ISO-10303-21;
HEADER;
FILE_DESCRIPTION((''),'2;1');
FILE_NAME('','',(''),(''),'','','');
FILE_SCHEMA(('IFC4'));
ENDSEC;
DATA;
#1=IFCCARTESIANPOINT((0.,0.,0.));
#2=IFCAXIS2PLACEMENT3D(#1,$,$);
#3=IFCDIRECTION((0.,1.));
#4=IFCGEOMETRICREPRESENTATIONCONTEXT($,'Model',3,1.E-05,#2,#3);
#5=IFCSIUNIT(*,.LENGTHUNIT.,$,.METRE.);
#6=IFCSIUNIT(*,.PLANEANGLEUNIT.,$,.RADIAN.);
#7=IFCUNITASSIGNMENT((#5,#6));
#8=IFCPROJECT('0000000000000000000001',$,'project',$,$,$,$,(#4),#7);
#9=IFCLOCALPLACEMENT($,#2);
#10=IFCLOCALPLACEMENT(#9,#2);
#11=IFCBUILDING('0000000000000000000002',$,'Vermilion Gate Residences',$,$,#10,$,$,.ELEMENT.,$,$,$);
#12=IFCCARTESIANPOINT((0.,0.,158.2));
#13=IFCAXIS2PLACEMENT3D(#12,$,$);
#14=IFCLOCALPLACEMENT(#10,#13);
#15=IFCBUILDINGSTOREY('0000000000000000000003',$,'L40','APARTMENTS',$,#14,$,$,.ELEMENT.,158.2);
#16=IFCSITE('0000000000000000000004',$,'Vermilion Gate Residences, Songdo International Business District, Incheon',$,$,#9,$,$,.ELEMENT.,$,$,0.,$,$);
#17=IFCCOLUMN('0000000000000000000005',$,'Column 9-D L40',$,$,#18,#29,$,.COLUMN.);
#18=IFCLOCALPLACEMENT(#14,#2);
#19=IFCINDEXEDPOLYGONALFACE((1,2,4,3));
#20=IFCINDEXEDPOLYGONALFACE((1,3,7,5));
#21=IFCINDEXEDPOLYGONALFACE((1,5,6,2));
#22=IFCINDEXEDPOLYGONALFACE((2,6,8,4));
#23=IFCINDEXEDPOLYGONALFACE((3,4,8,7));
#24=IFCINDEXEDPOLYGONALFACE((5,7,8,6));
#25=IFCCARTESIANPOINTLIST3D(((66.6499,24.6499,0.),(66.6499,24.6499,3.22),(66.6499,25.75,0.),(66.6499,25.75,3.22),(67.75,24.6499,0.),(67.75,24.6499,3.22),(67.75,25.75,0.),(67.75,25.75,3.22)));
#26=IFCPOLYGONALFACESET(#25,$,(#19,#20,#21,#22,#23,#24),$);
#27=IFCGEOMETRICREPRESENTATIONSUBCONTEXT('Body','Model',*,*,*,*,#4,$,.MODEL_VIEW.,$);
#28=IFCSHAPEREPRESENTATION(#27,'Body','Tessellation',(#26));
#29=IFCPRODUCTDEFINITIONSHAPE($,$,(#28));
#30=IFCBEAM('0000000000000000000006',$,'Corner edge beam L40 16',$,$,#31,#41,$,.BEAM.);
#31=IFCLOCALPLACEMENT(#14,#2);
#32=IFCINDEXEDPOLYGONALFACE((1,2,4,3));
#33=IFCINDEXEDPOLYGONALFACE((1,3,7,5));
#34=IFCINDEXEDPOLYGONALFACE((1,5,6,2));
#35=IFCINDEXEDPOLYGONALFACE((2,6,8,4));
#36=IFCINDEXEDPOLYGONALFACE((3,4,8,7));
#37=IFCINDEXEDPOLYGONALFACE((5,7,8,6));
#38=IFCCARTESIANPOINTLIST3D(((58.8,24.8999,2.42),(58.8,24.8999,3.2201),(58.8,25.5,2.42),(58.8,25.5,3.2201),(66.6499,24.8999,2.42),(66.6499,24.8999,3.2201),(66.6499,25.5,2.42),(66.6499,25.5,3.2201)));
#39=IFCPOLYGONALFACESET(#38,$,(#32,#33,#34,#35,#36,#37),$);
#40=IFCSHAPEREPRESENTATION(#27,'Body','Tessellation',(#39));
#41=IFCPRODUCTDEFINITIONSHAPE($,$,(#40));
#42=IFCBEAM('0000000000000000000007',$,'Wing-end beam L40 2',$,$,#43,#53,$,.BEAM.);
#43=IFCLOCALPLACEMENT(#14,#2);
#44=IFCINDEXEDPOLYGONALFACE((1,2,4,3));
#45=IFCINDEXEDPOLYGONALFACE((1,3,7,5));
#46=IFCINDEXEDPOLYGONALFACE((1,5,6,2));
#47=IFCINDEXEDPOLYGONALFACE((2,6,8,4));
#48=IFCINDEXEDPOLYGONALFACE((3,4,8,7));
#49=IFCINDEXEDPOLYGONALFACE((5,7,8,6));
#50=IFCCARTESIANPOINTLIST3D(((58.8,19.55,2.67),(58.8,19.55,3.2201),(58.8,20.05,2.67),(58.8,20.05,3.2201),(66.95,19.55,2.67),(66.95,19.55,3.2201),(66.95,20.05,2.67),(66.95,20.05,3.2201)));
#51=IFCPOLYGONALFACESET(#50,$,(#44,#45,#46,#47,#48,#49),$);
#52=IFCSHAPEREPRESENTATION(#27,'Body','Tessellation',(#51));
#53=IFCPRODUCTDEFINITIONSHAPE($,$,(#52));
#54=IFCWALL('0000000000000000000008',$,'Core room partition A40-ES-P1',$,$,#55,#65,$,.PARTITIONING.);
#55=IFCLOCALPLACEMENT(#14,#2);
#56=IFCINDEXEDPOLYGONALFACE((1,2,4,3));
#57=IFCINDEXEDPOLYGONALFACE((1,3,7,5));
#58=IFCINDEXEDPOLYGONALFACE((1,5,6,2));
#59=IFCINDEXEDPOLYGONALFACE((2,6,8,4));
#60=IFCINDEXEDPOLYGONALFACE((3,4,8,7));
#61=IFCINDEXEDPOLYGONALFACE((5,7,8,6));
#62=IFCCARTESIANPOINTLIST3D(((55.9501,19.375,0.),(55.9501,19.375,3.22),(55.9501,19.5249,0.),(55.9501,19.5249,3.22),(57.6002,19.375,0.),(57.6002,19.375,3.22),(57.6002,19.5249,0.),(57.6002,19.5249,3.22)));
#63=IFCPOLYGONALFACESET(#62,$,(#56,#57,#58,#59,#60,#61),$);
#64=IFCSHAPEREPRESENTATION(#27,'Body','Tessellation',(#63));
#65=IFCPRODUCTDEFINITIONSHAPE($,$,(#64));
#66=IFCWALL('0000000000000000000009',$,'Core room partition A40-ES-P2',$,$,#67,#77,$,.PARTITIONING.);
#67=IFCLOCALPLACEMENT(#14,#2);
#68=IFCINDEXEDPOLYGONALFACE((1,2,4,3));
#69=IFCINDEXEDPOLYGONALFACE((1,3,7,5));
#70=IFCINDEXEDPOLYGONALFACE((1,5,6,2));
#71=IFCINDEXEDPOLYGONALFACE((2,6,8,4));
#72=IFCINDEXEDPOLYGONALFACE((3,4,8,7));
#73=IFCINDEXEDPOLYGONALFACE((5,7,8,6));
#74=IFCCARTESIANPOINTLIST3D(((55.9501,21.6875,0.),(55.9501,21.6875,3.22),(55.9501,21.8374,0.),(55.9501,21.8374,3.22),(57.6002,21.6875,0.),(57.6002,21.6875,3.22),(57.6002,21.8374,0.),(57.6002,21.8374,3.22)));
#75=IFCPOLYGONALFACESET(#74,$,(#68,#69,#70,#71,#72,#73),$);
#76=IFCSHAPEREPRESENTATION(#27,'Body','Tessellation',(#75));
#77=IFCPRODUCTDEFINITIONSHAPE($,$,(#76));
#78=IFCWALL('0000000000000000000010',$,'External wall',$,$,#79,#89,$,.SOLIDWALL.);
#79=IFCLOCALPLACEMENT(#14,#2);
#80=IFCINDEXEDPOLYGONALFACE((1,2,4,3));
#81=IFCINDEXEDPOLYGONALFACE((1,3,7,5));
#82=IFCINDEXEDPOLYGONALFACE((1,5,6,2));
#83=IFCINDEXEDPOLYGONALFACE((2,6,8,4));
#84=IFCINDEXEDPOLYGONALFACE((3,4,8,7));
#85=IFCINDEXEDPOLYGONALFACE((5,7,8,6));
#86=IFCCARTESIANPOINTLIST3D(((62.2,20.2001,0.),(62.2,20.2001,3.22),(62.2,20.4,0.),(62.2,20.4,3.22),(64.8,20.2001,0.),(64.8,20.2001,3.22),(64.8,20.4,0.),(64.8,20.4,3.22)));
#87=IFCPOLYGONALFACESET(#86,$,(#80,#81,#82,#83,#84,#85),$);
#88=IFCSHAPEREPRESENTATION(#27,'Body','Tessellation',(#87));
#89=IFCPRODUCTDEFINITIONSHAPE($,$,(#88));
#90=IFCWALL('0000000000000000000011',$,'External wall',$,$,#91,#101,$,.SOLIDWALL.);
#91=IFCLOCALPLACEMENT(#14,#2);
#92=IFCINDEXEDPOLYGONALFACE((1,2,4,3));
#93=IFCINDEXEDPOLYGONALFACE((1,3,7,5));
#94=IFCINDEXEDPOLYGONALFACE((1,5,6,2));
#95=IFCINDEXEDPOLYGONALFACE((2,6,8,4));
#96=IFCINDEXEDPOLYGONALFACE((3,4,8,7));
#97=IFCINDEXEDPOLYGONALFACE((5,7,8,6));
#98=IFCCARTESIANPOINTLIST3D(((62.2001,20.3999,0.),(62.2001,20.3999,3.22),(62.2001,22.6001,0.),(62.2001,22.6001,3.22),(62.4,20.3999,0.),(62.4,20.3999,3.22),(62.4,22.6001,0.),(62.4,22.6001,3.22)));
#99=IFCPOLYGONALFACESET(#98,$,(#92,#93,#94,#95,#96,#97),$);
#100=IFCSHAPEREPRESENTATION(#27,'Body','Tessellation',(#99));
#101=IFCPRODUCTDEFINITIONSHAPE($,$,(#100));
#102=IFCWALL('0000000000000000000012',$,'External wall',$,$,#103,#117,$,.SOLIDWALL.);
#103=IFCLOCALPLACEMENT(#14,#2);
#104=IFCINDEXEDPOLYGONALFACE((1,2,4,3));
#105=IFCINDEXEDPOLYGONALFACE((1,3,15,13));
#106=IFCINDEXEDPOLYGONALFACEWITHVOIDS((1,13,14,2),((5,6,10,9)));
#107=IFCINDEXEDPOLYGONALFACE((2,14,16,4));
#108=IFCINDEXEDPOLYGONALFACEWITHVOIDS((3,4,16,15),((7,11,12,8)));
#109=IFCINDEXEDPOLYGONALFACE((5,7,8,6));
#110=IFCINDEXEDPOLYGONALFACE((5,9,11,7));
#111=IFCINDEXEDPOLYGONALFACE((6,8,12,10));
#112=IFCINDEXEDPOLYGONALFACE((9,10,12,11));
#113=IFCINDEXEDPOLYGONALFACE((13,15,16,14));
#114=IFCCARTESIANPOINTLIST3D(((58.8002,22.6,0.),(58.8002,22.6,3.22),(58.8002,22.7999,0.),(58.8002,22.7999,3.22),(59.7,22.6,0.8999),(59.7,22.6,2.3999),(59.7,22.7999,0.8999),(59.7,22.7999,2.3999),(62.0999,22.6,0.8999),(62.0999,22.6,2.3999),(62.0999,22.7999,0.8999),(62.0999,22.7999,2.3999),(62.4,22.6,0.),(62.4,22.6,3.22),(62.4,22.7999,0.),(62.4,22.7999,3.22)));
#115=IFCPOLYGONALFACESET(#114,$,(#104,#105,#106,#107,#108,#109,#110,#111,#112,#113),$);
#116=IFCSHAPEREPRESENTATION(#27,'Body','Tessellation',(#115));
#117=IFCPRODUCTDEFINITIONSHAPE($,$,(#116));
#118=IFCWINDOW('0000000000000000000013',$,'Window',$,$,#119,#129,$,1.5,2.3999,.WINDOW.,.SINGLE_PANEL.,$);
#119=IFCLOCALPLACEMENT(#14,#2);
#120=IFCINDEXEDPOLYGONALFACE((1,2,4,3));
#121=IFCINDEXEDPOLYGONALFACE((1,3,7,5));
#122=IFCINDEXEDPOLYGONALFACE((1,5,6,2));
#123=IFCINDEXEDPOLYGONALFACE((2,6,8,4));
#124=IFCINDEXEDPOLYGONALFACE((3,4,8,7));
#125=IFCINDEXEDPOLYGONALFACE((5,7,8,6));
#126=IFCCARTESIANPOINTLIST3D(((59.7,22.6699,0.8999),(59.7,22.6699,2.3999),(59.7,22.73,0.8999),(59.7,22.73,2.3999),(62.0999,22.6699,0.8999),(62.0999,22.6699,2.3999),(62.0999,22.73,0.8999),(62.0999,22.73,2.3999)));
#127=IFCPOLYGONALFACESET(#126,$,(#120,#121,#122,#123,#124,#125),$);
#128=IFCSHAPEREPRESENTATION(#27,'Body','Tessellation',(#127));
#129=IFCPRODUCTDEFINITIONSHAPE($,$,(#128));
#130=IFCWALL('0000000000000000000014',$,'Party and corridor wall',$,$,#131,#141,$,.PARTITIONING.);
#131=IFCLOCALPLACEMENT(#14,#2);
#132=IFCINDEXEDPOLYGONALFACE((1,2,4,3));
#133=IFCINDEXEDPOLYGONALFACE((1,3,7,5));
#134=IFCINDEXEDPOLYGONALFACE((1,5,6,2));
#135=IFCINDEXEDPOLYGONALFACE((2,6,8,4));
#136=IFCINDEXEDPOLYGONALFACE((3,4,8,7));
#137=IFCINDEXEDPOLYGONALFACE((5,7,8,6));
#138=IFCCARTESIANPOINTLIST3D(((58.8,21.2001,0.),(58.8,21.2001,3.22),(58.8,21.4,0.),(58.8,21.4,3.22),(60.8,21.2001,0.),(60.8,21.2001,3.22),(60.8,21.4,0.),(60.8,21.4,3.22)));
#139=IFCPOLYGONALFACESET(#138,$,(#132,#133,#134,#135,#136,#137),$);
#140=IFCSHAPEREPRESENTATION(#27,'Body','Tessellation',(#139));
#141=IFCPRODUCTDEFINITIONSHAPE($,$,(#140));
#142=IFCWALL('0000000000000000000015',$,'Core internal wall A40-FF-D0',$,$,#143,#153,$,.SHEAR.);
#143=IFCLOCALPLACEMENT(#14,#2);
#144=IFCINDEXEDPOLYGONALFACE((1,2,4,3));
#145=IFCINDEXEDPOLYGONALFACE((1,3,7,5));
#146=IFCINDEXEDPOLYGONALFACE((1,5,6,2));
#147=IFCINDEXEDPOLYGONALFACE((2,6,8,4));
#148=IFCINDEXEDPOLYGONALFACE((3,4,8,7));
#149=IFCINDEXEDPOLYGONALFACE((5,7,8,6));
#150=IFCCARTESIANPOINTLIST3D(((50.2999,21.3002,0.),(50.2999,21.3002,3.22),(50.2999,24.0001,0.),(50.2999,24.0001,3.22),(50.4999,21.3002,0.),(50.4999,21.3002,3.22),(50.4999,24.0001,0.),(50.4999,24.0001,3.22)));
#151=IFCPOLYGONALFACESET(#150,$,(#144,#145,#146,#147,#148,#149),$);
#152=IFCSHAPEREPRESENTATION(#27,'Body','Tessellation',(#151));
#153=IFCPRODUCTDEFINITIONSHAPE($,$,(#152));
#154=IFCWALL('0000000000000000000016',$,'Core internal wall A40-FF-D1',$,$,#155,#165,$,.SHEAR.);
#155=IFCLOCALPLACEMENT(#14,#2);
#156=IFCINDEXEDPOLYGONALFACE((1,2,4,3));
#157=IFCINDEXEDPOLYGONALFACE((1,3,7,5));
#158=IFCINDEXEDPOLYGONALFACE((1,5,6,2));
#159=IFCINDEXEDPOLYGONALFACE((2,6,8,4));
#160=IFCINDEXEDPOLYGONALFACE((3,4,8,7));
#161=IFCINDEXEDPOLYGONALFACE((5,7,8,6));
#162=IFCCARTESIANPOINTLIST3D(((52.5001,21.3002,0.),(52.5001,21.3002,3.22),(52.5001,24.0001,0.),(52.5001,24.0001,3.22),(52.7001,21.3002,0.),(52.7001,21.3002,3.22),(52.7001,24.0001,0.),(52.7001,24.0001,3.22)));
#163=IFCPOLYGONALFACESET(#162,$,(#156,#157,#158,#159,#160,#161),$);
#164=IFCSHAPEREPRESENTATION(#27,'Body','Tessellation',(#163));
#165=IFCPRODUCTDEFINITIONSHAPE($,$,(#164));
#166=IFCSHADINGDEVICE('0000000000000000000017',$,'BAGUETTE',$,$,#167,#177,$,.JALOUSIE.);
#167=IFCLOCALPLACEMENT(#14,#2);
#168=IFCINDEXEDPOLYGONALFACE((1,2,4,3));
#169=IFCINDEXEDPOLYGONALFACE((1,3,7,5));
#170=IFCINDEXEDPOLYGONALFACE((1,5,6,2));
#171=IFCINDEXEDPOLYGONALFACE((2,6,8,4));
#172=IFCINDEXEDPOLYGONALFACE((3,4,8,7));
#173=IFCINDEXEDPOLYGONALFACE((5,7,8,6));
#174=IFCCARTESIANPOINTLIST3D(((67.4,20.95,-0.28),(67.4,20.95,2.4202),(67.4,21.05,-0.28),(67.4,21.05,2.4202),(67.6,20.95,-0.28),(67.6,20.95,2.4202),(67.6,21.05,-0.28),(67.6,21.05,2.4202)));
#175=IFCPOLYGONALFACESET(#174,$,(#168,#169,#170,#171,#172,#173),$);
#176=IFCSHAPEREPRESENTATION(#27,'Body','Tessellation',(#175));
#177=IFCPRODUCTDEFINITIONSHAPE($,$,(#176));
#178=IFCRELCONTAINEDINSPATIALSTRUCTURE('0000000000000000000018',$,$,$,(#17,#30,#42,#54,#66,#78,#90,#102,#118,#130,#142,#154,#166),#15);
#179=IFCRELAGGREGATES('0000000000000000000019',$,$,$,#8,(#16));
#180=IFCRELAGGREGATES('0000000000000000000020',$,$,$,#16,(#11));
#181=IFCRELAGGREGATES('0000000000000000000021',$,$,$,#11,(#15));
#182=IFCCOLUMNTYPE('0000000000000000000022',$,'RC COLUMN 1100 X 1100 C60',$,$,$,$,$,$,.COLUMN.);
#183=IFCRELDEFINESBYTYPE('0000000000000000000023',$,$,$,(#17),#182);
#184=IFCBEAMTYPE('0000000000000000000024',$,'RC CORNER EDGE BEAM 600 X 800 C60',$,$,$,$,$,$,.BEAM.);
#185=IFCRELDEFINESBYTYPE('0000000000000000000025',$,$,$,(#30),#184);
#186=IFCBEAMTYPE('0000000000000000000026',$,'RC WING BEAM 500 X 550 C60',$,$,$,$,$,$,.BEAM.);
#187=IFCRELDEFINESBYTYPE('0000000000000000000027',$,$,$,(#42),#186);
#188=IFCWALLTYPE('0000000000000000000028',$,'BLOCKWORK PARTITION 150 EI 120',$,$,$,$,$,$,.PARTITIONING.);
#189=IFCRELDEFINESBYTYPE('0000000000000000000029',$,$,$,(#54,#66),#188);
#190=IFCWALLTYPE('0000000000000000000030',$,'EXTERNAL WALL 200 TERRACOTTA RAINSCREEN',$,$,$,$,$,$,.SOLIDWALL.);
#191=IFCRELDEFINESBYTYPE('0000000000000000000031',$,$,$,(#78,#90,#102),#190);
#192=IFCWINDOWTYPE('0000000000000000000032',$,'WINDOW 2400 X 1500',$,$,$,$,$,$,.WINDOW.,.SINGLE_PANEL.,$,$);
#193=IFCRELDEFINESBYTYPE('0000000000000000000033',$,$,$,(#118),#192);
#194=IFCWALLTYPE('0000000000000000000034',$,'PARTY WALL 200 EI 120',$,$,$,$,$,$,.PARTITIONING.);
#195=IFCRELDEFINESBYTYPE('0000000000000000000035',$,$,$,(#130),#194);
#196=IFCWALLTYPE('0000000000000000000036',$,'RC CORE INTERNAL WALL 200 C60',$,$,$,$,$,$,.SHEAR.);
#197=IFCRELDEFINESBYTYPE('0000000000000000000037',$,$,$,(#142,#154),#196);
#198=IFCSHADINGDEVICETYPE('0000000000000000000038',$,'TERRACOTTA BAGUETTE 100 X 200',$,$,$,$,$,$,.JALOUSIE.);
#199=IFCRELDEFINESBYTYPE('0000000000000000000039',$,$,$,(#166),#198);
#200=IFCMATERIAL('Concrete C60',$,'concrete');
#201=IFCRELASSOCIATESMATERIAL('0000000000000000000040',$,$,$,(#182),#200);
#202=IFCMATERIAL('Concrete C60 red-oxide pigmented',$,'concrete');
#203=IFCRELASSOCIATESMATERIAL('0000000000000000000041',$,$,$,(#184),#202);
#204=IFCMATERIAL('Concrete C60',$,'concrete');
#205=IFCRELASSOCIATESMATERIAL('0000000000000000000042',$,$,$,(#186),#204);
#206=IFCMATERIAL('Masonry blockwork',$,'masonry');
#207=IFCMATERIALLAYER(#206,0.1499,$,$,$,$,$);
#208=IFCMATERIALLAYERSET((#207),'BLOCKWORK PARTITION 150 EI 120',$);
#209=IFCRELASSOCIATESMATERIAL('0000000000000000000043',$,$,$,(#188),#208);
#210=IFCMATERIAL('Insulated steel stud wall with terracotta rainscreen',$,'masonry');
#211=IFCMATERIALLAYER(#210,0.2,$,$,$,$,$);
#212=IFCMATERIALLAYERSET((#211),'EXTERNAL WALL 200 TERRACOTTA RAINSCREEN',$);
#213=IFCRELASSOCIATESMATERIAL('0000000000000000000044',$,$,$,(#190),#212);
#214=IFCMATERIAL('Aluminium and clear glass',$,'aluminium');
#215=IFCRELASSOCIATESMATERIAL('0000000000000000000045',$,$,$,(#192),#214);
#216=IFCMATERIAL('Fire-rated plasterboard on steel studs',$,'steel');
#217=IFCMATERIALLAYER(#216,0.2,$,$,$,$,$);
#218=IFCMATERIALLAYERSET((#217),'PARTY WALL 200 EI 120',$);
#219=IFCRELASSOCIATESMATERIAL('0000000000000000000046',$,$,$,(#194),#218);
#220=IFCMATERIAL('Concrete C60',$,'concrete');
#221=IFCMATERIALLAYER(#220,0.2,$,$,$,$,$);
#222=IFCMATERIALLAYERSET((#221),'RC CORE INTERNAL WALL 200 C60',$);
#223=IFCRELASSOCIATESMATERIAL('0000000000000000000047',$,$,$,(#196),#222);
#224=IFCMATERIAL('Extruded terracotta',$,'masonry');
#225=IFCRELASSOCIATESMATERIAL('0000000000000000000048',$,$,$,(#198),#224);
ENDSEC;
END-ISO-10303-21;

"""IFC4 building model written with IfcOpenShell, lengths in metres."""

from ifc_helpers import new_model, si_unit, direction, frame, frame_2d, origin, origin_2d, place, context, subcontext, project, spatial, rectangle, extrude, material, layer, layer_set, material_profile, profile_set, type_object, element, fill, save


model = new_model("IFC4")

# Units and contexts
model_context = context("Model", 3, precision=1e-05, world=origin(), true_north=direction((0.0, 1.0)))
body_context = subcontext(model_context, "Body", "Model", "MODEL_VIEW")
ifc_project = project(units=[si_unit("LENGTHUNIT", "METRE"), si_unit("PLANEANGLEUNIT", "RADIAN")], contexts=[model_context])

# Site, building, storey
site_placement = place(None, origin())
site = spatial("IfcSite", under=ifc_project, at=site_placement, Name="Vermilion Gate Residences, Songdo International Business District, Incheon", CompositionType="ELEMENT", RefElevation=0.0)
building_placement = place(site_placement, origin())
building = spatial("IfcBuilding", under=site, at=building_placement, Name="Vermilion Gate Residences", CompositionType="ELEMENT")
storey_placement = place(building_placement, frame((0.0, 0.0, 158.2)))
storey = spatial("IfcBuildingStorey", under=building, at=storey_placement, Name="L40", Description="APARTMENTS", CompositionType="ELEMENT", Elevation=158.2)

# Column
ifc_material_1 = material(Name="Concrete C60", Category="concrete")
ifc_material_profile_1 = material_profile(ifc_material_1, rectangle(XDim=1.1001, YDim=1.1001, at=origin_2d()), Name="RC-1100x1100")
ifc_profile_set_1 = profile_set([ifc_material_profile_1], Name="Concrete C60")
column_type = type_object("IfcColumnType", Name="RC COLUMN 1100 X 1100 C60", PredefinedType="COLUMN", material=ifc_profile_set_1)
column_placement = place(storey_placement, frame((67.2, 25.2, 0.0), z_axis=(0.0, 0.0, 1.0), x_axis=(1.0, 0.0, 0.0)))
element("IfcColumn", 1, at=column_placement, inside=storey, type_object=column_type, Name="Column 9-D L40", PredefinedType="COLUMN", context=body_context, shape_type="SweptSolid", body=[
    extrude(rectangle(XDim=1.1001, YDim=1.1001, at=origin_2d()), origin(), (0.0, 0.0, 1.0), 3.22),
])

# Beams
ifc_material_2 = material(Name="Concrete C60 red-oxide pigmented", Category="concrete")
ifc_material_profile_2 = material_profile(ifc_material_2, rectangle(XDim=0.6001, YDim=0.8, at=origin_2d()), Name="RC-600x800")
ifc_profile_set_2 = profile_set([ifc_material_profile_2], Name="Concrete C60 red-oxide pigmented")
beam_type_1 = type_object("IfcBeamType", Name="RC CORNER EDGE BEAM 600 X 800 C60", PredefinedType="BEAM", material=ifc_profile_set_2)
beam_1_placement = place(storey_placement, frame((58.8, 25.2, 2.8201), z_axis=(1.0, 0.0, 0.0), x_axis=(0.0, 1.0, 0.0)))
element("IfcBeam", 2, at=beam_1_placement, inside=storey, type_object=beam_type_1, Name="Corner edge beam L40 16", PredefinedType="BEAM", context=body_context, shape_type="SweptSolid", body=[
    extrude(rectangle(XDim=0.6001, YDim=0.8, at=origin_2d()), origin(), (0.0, 0.0, 1.0), 7.8499),
])
ifc_material_3 = material(Name="Concrete C60", Category="concrete")
ifc_material_profile_3 = material_profile(ifc_material_3, rectangle(XDim=0.5, YDim=0.55, at=origin_2d()), Name="RC-500x550")
ifc_profile_set_3 = profile_set([ifc_material_profile_3], Name="Concrete C60")
beam_type_2 = type_object("IfcBeamType", Name="RC WING BEAM 500 X 550 C60", PredefinedType="BEAM", material=ifc_profile_set_3)
beam_2_placement = place(storey_placement, frame((58.8, 19.8, 2.9451), z_axis=(1.0, 0.0, 0.0), x_axis=(0.0, 1.0, 0.0)))
element("IfcBeam", 3, at=beam_2_placement, inside=storey, type_object=beam_type_2, Name="Wing-end beam L40 2", PredefinedType="BEAM", context=body_context, shape_type="SweptSolid", body=[
    extrude(rectangle(XDim=0.5, YDim=0.55, at=origin_2d()), origin(), (0.0, 0.0, 1.0), 8.1499),
])

# Walls
ifc_material_4 = material(Name="Masonry blockwork", Category="masonry")
ifc_layer_1 = layer(ifc_material_4, 0.1499)
ifc_layer_set_1 = layer_set([ifc_layer_1], Name="BLOCKWORK PARTITION 150 EI 120")
wall_type_1 = type_object("IfcWallType", Name="BLOCKWORK PARTITION 150 EI 120", PredefinedType="PARTITIONING", material=ifc_layer_set_1)
for number, where, z_axis, x_axis, name in (
    (4, (55.95, 19.45, 0.0), (0.0, 0.0, 1.0), (1.0, 0.0, 0.0), "Core room partition A40-ES-P1"),
    (5, (55.95, 21.7625, 0.0), (0.0, 0.0, 1.0), (1.0, 0.0, 0.0), "Core room partition A40-ES-P2"),
):
    element("IfcWall", number, at=place(storey_placement, frame(where, z_axis=z_axis, x_axis=x_axis)), inside=storey, type_object=wall_type_1, Name=name, PredefinedType="PARTITIONING", context=body_context, shape_type="SweptSolid", body=[
        extrude(rectangle(XDim=1.6501, YDim=0.1499, at=frame_2d((0.8252, 0.0))), origin(), (0.0, 0.0, 1.0), 3.22),
    ])
ifc_material_5 = material(Name="Insulated steel stud wall with terracotta rainscreen", Category="masonry")
ifc_layer_2 = layer(ifc_material_5, 0.2)
ifc_layer_set_2 = layer_set([ifc_layer_2], Name="EXTERNAL WALL 200 TERRACOTTA RAINSCREEN")
wall_type_2 = type_object("IfcWallType", Name="EXTERNAL WALL 200 TERRACOTTA RAINSCREEN", PredefinedType="SOLIDWALL", material=ifc_layer_set_2)
wall_1_placement = place(storey_placement, frame((64.8, 20.3, 0.0), z_axis=(0.0, 0.0, 1.0), x_axis=(-1.0, 0.0, 0.0)))
element("IfcWall", 6, at=wall_1_placement, inside=storey, type_object=wall_type_2, Name="External wall", PredefinedType="SOLIDWALL", context=body_context, shape_type="SweptSolid", body=[
    extrude(rectangle(XDim=2.6001, YDim=0.2, at=frame_2d((1.3, 0.0))), origin(), (0.0, 0.0, 1.0), 3.22),
])
wall_2_placement = place(storey_placement, frame((62.3, 20.3999, 0.0), z_axis=(0.0, 0.0, 1.0), x_axis=(0.0, 1.0, 0.0)))
element("IfcWall", 7, at=wall_2_placement, inside=storey, type_object=wall_type_2, Name="External wall", PredefinedType="SOLIDWALL", context=body_context, shape_type="SweptSolid", body=[
    extrude(rectangle(XDim=2.2002, YDim=0.2, at=frame_2d((1.1001, 0.0))), origin(), (0.0, 0.0, 1.0), 3.22),
])

# Wall, opening, window
wall_3_placement = place(storey_placement, frame((62.3999, 22.7, 0.0), z_axis=(0.0, 0.0, 1.0), x_axis=(-1.0, 0.0, 0.0)))
wall_3 = element("IfcWall", 8, at=wall_3_placement, inside=storey, type_object=wall_type_2, Name="External wall", PredefinedType="SOLIDWALL", context=body_context, shape_type="SweptSolid", body=[
    extrude(rectangle(XDim=3.5999, YDim=0.2, at=frame_2d((1.7998, 0.0))), origin(), (0.0, 0.0, 1.0), 3.22),
])
opening_placement = place(wall_3_placement, frame((0.3, 0.0, 0.8999)))
opening = element("IfcOpeningElement", 9, at=opening_placement, cuts=wall_3, PredefinedType="OPENING", context=body_context, shape_type="SweptSolid", body=[
    extrude(rectangle(XDim=2.3999, YDim=1.5, at=frame_2d((1.2, 0.75))), frame((0.0, 0.1099, 0.0), z_axis=(0.0, -1.0, 0.0), x_axis=(1.0, 0.0, 0.0)), (0.0, 0.0, 1.0), 0.22),
])
ifc_material_6 = material(Name="Aluminium and clear glass", Category="aluminium")
window_type = type_object("IfcWindowType", Name="WINDOW 2400 X 1500", PartitioningType="SINGLE_PANEL", PredefinedType="WINDOW", material=ifc_material_6)
window_placement = place(opening_placement, origin())
window = element("IfcWindow", 10, at=window_placement, inside=storey, type_object=window_type, Name="Window", OverallHeight=1.5, OverallWidth=2.3999, PartitioningType="SINGLE_PANEL", PredefinedType="WINDOW", context=body_context, shape_type="SweptSolid", body=[
    extrude(rectangle(XDim=2.3999, YDim=1.5, at=frame_2d((1.2, 0.75))), frame((0.0, 0.03, 0.0), z_axis=(0.0, -1.0, 0.0), x_axis=(1.0, 0.0, 0.0)), (0.0, 0.0, 1.0), 0.0601),
])
fill(opening, window)

# Walls
ifc_material_7 = material(Name="Fire-rated plasterboard on steel studs", Category="steel")
ifc_layer_3 = layer(ifc_material_7, 0.2)
ifc_layer_set_3 = layer_set([ifc_layer_3], Name="PARTY WALL 200 EI 120")
wall_type_3 = type_object("IfcWallType", Name="PARTY WALL 200 EI 120", PredefinedType="PARTITIONING", material=ifc_layer_set_3)
wall_4_placement = place(storey_placement, frame((58.8, 21.3, 0.0), z_axis=(0.0, 0.0, 1.0), x_axis=(1.0, 0.0, 0.0)))
element("IfcWall", 11, at=wall_4_placement, inside=storey, type_object=wall_type_3, Name="Party and corridor wall", PredefinedType="PARTITIONING", context=body_context, shape_type="SweptSolid", body=[
    extrude(rectangle(XDim=2.0, YDim=0.2, at=frame_2d((1.0, 0.0))), origin(), (0.0, 0.0, 1.0), 3.22),
])
ifc_material_8 = material(Name="Concrete C60", Category="concrete")
ifc_layer_4 = layer(ifc_material_8, 0.2)
ifc_layer_set_4 = layer_set([ifc_layer_4], Name="RC CORE INTERNAL WALL 200 C60")
wall_type_4 = type_object("IfcWallType", Name="RC CORE INTERNAL WALL 200 C60", PredefinedType="SHEAR", material=ifc_layer_set_4)
for number, where, z_axis, x_axis, name in (
    (12, (50.3999, 21.3, 0.0), (0.0, 0.0, 1.0), (0.0, 1.0, 0.0), "Core internal wall A40-FF-D0"),
    (13, (52.6001, 21.3, 0.0), (0.0, 0.0, 1.0), (0.0, 1.0, 0.0), "Core internal wall A40-FF-D1"),
):
    element("IfcWall", number, at=place(storey_placement, frame(where, z_axis=z_axis, x_axis=x_axis)), inside=storey, type_object=wall_type_4, Name=name, PredefinedType="SHEAR", context=body_context, shape_type="SweptSolid", body=[
        extrude(rectangle(XDim=2.7, YDim=0.2, at=frame_2d((1.3501, 0.0))), origin(), (0.0, 0.0, 1.0), 3.22),
    ])

# Shading device
ifc_material_9 = material(Name="Extruded terracotta", Category="masonry")
ifc_material_profile_4 = material_profile(ifc_material_9, rectangle(XDim=0.2, YDim=0.1001, at=origin_2d()), Name="BAGUETTE 100 X 200")
ifc_profile_set_4 = profile_set([ifc_material_profile_4], Name="Extruded terracotta")
shading_device_type_1 = type_object("IfcShadingDeviceType", Name="TERRACOTTA BAGUETTE 100 X 200", PredefinedType="JALOUSIE", material=ifc_profile_set_4)
for number, where, z_axis, x_axis, name in (
    (14, (67.5, 21.0, -0.28), (0.0, 0.0, 1.0), (-1.0, 0.0, 0.0), "BAGUETTE"),
):
    element("IfcShadingDevice", number, at=place(storey_placement, frame(where, z_axis=z_axis, x_axis=x_axis)), inside=storey, type_object=shading_device_type_1, Name=name, PredefinedType="JALOUSIE", context=body_context, shape_type="SweptSolid", body=[
        extrude(rectangle(XDim=0.2, YDim=0.1001, at=origin_2d()), origin(), (0.0, 0.0, 1.0), 2.7002),
    ])

save(model, "model.ifc")
